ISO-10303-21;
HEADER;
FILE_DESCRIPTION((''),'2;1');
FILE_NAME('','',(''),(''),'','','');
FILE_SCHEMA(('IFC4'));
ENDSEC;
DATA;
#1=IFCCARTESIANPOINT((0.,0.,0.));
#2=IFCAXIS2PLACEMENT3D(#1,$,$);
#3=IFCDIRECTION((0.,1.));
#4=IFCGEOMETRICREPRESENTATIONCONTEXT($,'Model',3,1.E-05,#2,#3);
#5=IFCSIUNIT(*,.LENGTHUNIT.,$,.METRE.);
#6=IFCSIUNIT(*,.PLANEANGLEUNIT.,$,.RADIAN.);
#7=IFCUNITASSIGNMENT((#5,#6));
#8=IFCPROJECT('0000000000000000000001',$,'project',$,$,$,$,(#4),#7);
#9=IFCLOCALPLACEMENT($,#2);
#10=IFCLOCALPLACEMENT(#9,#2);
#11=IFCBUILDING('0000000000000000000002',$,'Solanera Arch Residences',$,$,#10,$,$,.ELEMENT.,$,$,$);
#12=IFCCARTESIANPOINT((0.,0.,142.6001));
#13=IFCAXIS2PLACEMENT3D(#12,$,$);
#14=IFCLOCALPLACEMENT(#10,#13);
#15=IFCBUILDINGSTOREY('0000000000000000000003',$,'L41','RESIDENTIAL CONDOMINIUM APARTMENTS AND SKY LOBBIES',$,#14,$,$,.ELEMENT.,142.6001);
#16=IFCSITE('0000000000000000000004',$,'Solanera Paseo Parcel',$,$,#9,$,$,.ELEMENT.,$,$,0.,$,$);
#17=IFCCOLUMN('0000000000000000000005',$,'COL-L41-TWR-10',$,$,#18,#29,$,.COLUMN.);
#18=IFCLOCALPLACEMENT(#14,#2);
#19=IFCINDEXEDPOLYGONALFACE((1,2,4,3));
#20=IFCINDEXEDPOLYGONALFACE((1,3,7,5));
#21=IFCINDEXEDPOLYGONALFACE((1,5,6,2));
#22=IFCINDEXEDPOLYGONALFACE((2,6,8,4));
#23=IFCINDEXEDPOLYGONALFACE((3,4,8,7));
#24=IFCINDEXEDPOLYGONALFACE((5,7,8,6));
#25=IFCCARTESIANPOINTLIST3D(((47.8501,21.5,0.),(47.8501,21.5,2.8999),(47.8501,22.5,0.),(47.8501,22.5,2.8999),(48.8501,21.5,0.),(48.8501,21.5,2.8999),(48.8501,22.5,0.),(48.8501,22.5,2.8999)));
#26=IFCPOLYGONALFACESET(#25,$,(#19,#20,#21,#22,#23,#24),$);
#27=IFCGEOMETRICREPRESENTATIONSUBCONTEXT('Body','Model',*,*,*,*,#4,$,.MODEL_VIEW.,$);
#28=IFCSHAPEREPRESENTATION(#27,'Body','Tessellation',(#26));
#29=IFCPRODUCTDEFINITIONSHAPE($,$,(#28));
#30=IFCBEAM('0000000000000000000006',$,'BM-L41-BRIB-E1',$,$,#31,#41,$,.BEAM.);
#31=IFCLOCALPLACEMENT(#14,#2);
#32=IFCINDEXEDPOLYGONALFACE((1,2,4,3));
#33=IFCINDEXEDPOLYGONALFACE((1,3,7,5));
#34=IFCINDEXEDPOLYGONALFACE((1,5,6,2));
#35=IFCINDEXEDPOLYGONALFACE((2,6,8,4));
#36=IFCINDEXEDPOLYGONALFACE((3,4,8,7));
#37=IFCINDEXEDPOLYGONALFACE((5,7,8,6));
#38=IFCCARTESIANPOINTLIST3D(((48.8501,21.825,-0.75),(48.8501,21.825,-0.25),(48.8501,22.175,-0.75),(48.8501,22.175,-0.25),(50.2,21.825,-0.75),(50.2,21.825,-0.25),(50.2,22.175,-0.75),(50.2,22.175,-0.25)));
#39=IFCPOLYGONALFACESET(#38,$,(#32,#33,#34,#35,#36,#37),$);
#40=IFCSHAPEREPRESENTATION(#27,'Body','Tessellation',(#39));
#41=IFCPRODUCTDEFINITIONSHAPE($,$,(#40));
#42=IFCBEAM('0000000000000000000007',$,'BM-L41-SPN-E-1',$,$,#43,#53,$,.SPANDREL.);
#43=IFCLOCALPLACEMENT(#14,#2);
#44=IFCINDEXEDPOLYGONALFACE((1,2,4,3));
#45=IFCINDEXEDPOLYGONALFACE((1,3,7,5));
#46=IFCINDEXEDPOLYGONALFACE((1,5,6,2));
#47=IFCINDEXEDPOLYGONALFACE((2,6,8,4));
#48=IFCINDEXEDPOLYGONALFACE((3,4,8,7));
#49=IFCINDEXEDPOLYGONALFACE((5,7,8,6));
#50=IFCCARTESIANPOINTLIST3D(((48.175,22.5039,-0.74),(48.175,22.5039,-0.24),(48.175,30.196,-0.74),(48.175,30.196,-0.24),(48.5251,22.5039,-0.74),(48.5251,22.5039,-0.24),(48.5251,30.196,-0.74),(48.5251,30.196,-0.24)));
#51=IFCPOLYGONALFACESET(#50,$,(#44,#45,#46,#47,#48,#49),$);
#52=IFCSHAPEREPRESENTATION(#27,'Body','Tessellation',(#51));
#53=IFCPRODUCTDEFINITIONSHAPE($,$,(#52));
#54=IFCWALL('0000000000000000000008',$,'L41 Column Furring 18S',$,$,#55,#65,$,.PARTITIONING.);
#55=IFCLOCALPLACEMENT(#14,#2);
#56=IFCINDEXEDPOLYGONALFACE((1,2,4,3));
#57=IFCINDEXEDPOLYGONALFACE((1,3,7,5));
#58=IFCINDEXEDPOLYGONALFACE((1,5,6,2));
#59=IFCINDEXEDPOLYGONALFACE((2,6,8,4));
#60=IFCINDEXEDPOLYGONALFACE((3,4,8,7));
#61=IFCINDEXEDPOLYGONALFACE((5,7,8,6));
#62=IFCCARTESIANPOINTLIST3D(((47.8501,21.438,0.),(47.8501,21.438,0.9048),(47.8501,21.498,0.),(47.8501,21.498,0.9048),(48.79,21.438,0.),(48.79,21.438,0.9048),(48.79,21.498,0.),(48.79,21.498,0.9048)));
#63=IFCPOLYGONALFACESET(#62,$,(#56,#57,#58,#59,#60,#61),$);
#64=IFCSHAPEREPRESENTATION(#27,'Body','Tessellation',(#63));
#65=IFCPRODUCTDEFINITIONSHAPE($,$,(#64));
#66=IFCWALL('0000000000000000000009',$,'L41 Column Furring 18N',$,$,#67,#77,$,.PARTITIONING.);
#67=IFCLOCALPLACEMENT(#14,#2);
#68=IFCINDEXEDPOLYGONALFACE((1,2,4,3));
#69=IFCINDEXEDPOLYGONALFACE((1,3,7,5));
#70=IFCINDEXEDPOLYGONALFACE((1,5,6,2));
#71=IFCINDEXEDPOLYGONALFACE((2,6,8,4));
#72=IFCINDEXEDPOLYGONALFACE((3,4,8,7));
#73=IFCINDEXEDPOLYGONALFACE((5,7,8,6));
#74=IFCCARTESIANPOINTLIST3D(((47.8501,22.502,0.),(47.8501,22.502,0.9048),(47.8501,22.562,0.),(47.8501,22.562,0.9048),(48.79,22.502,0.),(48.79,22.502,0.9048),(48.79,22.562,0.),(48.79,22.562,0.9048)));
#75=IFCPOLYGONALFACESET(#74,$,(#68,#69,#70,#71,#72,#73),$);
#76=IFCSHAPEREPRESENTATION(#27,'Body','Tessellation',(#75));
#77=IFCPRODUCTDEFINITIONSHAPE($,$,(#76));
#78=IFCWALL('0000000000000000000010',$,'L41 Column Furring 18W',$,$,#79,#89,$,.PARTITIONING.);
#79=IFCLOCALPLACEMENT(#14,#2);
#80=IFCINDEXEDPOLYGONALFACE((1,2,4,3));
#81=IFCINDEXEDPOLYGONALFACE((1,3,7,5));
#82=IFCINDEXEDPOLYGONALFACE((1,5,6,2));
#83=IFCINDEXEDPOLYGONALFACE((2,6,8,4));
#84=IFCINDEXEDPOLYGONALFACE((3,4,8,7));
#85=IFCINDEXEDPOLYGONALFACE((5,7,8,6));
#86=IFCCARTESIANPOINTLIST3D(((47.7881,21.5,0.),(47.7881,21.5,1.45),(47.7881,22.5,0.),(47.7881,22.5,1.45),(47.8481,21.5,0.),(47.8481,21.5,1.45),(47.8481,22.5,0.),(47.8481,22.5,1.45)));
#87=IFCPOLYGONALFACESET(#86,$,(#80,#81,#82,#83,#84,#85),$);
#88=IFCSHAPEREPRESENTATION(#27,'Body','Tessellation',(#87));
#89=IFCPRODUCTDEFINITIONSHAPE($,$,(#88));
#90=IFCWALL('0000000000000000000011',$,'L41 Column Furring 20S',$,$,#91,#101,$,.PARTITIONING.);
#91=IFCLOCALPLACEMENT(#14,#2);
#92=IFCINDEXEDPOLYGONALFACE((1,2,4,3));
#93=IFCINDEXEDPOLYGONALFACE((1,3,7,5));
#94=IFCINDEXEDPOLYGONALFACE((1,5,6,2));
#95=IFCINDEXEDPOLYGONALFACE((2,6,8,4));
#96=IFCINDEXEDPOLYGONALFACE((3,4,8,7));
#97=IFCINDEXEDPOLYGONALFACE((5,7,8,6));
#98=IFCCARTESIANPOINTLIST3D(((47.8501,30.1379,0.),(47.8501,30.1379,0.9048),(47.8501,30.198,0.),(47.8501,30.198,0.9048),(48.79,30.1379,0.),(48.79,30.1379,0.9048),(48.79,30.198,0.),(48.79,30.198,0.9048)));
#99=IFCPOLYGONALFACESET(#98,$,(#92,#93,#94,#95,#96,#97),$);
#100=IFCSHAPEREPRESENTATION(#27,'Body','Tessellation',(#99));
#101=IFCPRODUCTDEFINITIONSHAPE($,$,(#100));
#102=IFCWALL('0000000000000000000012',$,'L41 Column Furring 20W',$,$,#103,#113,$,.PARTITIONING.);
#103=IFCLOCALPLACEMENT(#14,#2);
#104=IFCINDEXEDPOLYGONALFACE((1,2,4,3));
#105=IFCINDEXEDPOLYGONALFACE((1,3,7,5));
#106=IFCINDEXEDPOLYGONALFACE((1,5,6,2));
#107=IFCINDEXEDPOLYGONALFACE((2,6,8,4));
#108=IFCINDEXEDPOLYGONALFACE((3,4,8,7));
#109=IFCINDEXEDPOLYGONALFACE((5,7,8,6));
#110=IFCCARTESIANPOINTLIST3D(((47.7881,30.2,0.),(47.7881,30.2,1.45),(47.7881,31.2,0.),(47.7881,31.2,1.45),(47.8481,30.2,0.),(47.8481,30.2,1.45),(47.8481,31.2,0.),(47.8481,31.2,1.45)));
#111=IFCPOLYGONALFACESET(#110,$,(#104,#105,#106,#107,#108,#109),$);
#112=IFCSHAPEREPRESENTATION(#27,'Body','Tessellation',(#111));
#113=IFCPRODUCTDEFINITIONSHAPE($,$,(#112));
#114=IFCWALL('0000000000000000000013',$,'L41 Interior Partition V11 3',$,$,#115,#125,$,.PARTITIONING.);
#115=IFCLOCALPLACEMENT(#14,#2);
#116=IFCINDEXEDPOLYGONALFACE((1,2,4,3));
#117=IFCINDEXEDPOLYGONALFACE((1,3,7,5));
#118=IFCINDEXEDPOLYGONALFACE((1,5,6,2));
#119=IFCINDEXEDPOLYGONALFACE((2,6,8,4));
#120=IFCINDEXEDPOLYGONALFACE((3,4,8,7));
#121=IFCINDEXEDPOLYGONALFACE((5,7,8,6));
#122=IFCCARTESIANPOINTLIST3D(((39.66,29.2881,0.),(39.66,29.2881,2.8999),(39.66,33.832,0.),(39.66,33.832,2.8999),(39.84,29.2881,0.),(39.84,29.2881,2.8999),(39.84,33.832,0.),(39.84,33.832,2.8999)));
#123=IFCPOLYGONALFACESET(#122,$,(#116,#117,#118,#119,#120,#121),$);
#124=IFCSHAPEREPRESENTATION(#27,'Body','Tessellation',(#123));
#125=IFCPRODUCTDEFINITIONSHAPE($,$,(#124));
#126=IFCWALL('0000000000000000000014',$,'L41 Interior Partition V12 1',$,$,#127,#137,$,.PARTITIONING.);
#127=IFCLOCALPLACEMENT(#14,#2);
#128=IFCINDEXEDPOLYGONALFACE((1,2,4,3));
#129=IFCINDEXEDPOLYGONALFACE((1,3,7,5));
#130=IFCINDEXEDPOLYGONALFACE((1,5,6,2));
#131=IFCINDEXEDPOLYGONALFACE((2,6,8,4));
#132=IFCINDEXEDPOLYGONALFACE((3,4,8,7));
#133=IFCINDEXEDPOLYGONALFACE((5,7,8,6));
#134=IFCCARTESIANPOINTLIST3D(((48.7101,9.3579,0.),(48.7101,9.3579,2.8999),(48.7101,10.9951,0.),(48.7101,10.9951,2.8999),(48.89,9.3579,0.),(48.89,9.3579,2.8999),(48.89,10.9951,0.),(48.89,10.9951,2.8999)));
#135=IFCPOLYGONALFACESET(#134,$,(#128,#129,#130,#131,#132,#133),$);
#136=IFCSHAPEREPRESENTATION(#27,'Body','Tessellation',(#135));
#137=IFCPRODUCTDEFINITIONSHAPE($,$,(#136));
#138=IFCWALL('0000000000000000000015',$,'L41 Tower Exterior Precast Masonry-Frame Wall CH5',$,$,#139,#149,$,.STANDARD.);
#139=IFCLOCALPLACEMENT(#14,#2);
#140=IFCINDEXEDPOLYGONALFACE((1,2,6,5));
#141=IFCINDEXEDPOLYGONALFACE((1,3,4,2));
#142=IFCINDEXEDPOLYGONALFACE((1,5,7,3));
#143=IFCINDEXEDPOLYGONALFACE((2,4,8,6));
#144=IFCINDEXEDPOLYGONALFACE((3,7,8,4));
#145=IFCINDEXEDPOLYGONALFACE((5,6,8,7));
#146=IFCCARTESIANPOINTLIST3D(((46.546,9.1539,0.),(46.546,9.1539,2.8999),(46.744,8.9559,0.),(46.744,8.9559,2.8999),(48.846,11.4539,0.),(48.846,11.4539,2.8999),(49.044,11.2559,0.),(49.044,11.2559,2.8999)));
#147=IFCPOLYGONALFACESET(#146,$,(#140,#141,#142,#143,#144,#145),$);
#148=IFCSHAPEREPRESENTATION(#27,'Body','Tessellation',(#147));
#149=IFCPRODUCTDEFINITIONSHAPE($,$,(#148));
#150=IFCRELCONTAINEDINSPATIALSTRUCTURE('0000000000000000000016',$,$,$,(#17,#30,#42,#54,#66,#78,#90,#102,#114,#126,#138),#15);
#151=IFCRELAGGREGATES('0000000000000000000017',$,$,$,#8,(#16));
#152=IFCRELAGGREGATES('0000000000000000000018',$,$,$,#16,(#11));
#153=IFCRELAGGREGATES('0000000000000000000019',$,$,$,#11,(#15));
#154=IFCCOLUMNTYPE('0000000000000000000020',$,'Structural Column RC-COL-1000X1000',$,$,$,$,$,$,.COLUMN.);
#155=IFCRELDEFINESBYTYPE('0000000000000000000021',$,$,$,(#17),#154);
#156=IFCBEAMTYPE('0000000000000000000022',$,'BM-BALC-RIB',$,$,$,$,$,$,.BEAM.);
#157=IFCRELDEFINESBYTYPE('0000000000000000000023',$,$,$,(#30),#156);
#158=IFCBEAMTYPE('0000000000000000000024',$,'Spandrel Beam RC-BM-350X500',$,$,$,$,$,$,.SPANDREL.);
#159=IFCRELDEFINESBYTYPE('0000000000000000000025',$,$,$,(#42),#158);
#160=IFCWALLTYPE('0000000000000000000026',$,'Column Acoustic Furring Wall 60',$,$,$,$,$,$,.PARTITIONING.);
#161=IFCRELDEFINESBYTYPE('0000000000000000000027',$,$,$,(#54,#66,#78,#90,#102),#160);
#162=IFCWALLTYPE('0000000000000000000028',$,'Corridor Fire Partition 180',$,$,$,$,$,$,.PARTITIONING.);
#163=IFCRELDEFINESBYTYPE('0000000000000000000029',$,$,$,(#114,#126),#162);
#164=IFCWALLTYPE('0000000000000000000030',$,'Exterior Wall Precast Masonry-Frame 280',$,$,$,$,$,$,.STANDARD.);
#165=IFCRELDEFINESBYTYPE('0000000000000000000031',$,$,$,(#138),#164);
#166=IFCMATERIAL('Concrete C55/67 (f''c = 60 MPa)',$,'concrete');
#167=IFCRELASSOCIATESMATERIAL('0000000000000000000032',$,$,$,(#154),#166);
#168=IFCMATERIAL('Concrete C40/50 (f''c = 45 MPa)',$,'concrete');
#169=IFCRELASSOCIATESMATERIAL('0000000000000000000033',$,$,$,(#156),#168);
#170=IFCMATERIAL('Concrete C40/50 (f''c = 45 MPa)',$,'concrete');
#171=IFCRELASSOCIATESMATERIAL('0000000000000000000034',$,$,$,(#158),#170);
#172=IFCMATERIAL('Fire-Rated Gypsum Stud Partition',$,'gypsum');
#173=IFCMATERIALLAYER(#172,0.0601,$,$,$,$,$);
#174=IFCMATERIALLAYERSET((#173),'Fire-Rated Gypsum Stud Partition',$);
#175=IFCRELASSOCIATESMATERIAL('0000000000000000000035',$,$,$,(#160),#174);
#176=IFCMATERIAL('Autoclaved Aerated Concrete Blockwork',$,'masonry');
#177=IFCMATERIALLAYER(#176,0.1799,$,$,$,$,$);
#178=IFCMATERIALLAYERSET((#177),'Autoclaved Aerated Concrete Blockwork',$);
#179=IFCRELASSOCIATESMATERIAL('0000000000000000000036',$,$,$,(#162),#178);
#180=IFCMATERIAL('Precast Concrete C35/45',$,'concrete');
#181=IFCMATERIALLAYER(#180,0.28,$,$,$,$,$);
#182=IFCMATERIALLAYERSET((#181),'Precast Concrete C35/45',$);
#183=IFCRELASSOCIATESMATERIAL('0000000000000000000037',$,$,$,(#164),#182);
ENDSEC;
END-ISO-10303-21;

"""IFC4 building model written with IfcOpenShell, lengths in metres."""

from ifc_helpers import new_model, si_unit, direction, frame, frame_2d, origin, origin_2d, place, context, subcontext, project, spatial, rectangle, extrude, material, layer, layer_set, material_profile, profile_set, type_object, element, save


model = new_model("IFC4")

# Units and contexts
model_context = context("Model", 3, precision=1e-05, world=origin(), true_north=direction((0.0, 1.0)))
body_context = subcontext(model_context, "Body", "Model", "MODEL_VIEW")
ifc_project = project(units=[si_unit("LENGTHUNIT", "METRE"), si_unit("PLANEANGLEUNIT", "RADIAN")], contexts=[model_context])

# Site, building, storey
site_placement = place(None, origin())
site = spatial("IfcSite", under=ifc_project, at=site_placement, Name="Solanera Paseo Parcel", CompositionType="ELEMENT", RefElevation=0.0)
building_placement = place(site_placement, origin())
building = spatial("IfcBuilding", under=site, at=building_placement, Name="Solanera Arch Residences", CompositionType="ELEMENT")
storey_placement = place(building_placement, frame((0.0, 0.0, 142.6001)))
storey = spatial("IfcBuildingStorey", under=building, at=storey_placement, Name="L41", Description="RESIDENTIAL CONDOMINIUM APARTMENTS AND SKY LOBBIES", CompositionType="ELEMENT", Elevation=142.6001)

# Column
ifc_material_1 = material(Name="Concrete C55/67 (f'c = 60 MPa)", Category="concrete")
ifc_material_profile_1 = material_profile(ifc_material_1, rectangle(XDim=1.0, YDim=1.0, at=origin_2d()))
ifc_profile_set_1 = profile_set([ifc_material_profile_1], Name="Concrete C55/67 (f'c = 60 MPa)")
column_type = type_object("IfcColumnType", Name="Structural Column RC-COL-1000X1000", PredefinedType="COLUMN", material=ifc_profile_set_1)
column_placement = place(storey_placement, frame((48.3501, 22.0, 0.0), z_axis=(0.0, 0.0, 1.0), x_axis=(1.0, 0.0, 0.0)))
element("IfcColumn", 1, at=column_placement, inside=storey, type_object=column_type, Name="COL-L41-TWR-10", PredefinedType="COLUMN", context=body_context, shape_type="SweptSolid", body=[
    extrude(rectangle(XDim=1.0, YDim=1.0, at=origin_2d()), origin(), (0.0, 0.0, 1.0), 2.8999),
])

# Beams
ifc_material_2 = material(Name="Concrete C40/50 (f'c = 45 MPa)", Category="concrete")
ifc_material_profile_2 = material_profile(ifc_material_2, rectangle(XDim=0.3501, YDim=0.5, at=origin_2d()))
ifc_profile_set_2 = profile_set([ifc_material_profile_2], Name="Concrete C40/50 (f'c = 45 MPa)")
beam_type_1 = type_object("IfcBeamType", Name="BM-BALC-RIB", PredefinedType="BEAM", material=ifc_profile_set_2)
beam_1_placement = place(storey_placement, frame((48.8501, 22.0, -0.5), z_axis=(1.0, 0.0, 0.0), x_axis=(0.0, 1.0, 0.0)))
element("IfcBeam", 2, at=beam_1_placement, inside=storey, type_object=beam_type_1, Name="BM-L41-BRIB-E1", PredefinedType="BEAM", context=body_context, shape_type="SweptSolid", body=[
    extrude(rectangle(XDim=0.3501, YDim=0.5, at=origin_2d()), origin(), (0.0, 0.0, 1.0), 1.3499),
])
ifc_material_3 = material(Name="Concrete C40/50 (f'c = 45 MPa)", Category="concrete")
ifc_material_profile_3 = material_profile(ifc_material_3, rectangle(XDim=0.3501, YDim=0.5, at=origin_2d()))
ifc_profile_set_3 = profile_set([ifc_material_profile_3], Name="Concrete C40/50 (f'c = 45 MPa)")
beam_type_2 = type_object("IfcBeamType", Name="Spandrel Beam RC-BM-350X500", PredefinedType="SPANDREL", material=ifc_profile_set_3)
beam_2_placement = place(storey_placement, frame((48.3501, 22.5039, -0.49), z_axis=(0.0, 1.0, 0.0), x_axis=(-1.0, 0.0, 0.0)))
element("IfcBeam", 3, at=beam_2_placement, inside=storey, type_object=beam_type_2, Name="BM-L41-SPN-E-1", PredefinedType="SPANDREL", context=body_context, shape_type="SweptSolid", body=[
    extrude(rectangle(XDim=0.3501, YDim=0.5, at=origin_2d()), origin(), (0.0, 0.0, 1.0), 7.6921),
])

# Walls
ifc_material_4 = material(Name="Fire-Rated Gypsum Stud Partition", Category="gypsum")
ifc_layer_1 = layer(ifc_material_4, 0.0601)
ifc_layer_set_1 = layer_set([ifc_layer_1], Name="Fire-Rated Gypsum Stud Partition")
wall_type_1 = type_object("IfcWallType", Name="Column Acoustic Furring Wall 60", PredefinedType="PARTITIONING", material=ifc_layer_set_1)
for number, where, z_axis, x_axis, name in (
    (4, (47.8501, 21.468, 0.0), (0.0, 0.0, 1.0), (1.0, 0.0, 0.0), "L41 Column Furring 18S"),
    (5, (47.8501, 22.532, 0.0), (0.0, 0.0, 1.0), (1.0, 0.0, 0.0), "L41 Column Furring 18N"),
):
    element("IfcWall", number, at=place(storey_placement, frame(where, z_axis=z_axis, x_axis=x_axis)), inside=storey, type_object=wall_type_1, Name=name, PredefinedType="PARTITIONING", context=body_context, shape_type="SweptSolid", body=[
        extrude(rectangle(XDim=0.9399, YDim=0.0601, at=frame_2d((0.47, 0.0))), origin(), (0.0, 0.0, 1.0), 0.9048),
    ])
wall_1_placement = place(storey_placement, frame((47.8181, 21.5, 0.0), z_axis=(0.0, 0.0, 1.0), x_axis=(0.0, 1.0, 0.0)))
element("IfcWall", 6, at=wall_1_placement, inside=storey, type_object=wall_type_1, Name="L41 Column Furring 18W", PredefinedType="PARTITIONING", context=body_context, shape_type="SweptSolid", body=[
    extrude(rectangle(XDim=1.0, YDim=0.0601, at=frame_2d((0.5, 0.0))), origin(), (0.0, 0.0, 1.0), 1.45),
])
wall_2_placement = place(storey_placement, frame((47.8501, 30.168, 0.0), z_axis=(0.0, 0.0, 1.0), x_axis=(1.0, 0.0, 0.0)))
element("IfcWall", 7, at=wall_2_placement, inside=storey, type_object=wall_type_1, Name="L41 Column Furring 20S", PredefinedType="PARTITIONING", context=body_context, shape_type="SweptSolid", body=[
    extrude(rectangle(XDim=0.9399, YDim=0.0601, at=frame_2d((0.47, 0.0))), origin(), (0.0, 0.0, 1.0), 0.9048),
])
wall_3_placement = place(storey_placement, frame((47.8181, 30.2, 0.0), z_axis=(0.0, 0.0, 1.0), x_axis=(0.0, 1.0, 0.0)))
element("IfcWall", 8, at=wall_3_placement, inside=storey, type_object=wall_type_1, Name="L41 Column Furring 20W", PredefinedType="PARTITIONING", context=body_context, shape_type="SweptSolid", body=[
    extrude(rectangle(XDim=1.0, YDim=0.0601, at=frame_2d((0.5, 0.0))), origin(), (0.0, 0.0, 1.0), 1.45),
])

# Shared definitions
ifc_material_5 = material(Name="Autoclaved Aerated Concrete Blockwork", Category="masonry")
ifc_layer_2 = layer(ifc_material_5, 0.1799)
ifc_layer_set_2 = layer_set([ifc_layer_2], Name="Autoclaved Aerated Concrete Blockwork")
wall_type_2 = type_object("IfcWallType", Name="Corridor Fire Partition 180", PredefinedType="PARTITIONING", material=ifc_layer_set_2)

# Walls
wall_4_placement = place(storey_placement, frame((39.75, 29.2881, 0.0), z_axis=(0.0, 0.0, 1.0), x_axis=(0.0, 1.0, 0.0)))
element("IfcWall", 9, at=wall_4_placement, inside=storey, type_object=wall_type_2, Name="L41 Interior Partition V11 3", PredefinedType="PARTITIONING", context=body_context, shape_type="SweptSolid", body=[
    extrude(rectangle(XDim=4.5439, YDim=0.1799, at=frame_2d((2.272, 0.0))), origin(), (0.0, 0.0, 1.0), 2.8999),
])
wall_5_placement = place(storey_placement, frame((48.8, 9.3579, 0.0), z_axis=(0.0, 0.0, 1.0), x_axis=(0.0, 1.0, 0.0)))
element("IfcWall", 10, at=wall_5_placement, inside=storey, type_object=wall_type_2, Name="L41 Interior Partition V12 1", PredefinedType="PARTITIONING", context=body_context, shape_type="SweptSolid", body=[
    extrude(rectangle(XDim=1.6372, YDim=0.1799, at=frame_2d((0.8186, 0.0))), origin(), (0.0, 0.0, 1.0), 2.8999),
])
ifc_material_6 = material(Name="Precast Concrete C35/45", Category="concrete")
ifc_layer_3 = layer(ifc_material_6, 0.28)
ifc_layer_set_3 = layer_set([ifc_layer_3], Name="Precast Concrete C35/45")
wall_type_3 = type_object("IfcWallType", Name="Exterior Wall Precast Masonry-Frame 280", PredefinedType="STANDARD", material=ifc_layer_set_3)
wall_6_placement = place(storey_placement, frame((48.9451, 11.355, 0.0), z_axis=(0.0, 0.0, 1.0), x_axis=(-0.707107, -0.707107, 0.0)))
element("IfcWall", 11, at=wall_6_placement, inside=storey, type_object=wall_type_3, Name="L41 Tower Exterior Precast Masonry-Frame Wall CH5", PredefinedType="STANDARD", context=body_context, shape_type="SweptSolid", body=[
    extrude(rectangle(XDim=3.2527, YDim=0.28, at=frame_2d((1.6265, 0.0))), origin(), (0.0, 0.0, 1.0), 2.8999),
])

save(model, "model.ifc")
